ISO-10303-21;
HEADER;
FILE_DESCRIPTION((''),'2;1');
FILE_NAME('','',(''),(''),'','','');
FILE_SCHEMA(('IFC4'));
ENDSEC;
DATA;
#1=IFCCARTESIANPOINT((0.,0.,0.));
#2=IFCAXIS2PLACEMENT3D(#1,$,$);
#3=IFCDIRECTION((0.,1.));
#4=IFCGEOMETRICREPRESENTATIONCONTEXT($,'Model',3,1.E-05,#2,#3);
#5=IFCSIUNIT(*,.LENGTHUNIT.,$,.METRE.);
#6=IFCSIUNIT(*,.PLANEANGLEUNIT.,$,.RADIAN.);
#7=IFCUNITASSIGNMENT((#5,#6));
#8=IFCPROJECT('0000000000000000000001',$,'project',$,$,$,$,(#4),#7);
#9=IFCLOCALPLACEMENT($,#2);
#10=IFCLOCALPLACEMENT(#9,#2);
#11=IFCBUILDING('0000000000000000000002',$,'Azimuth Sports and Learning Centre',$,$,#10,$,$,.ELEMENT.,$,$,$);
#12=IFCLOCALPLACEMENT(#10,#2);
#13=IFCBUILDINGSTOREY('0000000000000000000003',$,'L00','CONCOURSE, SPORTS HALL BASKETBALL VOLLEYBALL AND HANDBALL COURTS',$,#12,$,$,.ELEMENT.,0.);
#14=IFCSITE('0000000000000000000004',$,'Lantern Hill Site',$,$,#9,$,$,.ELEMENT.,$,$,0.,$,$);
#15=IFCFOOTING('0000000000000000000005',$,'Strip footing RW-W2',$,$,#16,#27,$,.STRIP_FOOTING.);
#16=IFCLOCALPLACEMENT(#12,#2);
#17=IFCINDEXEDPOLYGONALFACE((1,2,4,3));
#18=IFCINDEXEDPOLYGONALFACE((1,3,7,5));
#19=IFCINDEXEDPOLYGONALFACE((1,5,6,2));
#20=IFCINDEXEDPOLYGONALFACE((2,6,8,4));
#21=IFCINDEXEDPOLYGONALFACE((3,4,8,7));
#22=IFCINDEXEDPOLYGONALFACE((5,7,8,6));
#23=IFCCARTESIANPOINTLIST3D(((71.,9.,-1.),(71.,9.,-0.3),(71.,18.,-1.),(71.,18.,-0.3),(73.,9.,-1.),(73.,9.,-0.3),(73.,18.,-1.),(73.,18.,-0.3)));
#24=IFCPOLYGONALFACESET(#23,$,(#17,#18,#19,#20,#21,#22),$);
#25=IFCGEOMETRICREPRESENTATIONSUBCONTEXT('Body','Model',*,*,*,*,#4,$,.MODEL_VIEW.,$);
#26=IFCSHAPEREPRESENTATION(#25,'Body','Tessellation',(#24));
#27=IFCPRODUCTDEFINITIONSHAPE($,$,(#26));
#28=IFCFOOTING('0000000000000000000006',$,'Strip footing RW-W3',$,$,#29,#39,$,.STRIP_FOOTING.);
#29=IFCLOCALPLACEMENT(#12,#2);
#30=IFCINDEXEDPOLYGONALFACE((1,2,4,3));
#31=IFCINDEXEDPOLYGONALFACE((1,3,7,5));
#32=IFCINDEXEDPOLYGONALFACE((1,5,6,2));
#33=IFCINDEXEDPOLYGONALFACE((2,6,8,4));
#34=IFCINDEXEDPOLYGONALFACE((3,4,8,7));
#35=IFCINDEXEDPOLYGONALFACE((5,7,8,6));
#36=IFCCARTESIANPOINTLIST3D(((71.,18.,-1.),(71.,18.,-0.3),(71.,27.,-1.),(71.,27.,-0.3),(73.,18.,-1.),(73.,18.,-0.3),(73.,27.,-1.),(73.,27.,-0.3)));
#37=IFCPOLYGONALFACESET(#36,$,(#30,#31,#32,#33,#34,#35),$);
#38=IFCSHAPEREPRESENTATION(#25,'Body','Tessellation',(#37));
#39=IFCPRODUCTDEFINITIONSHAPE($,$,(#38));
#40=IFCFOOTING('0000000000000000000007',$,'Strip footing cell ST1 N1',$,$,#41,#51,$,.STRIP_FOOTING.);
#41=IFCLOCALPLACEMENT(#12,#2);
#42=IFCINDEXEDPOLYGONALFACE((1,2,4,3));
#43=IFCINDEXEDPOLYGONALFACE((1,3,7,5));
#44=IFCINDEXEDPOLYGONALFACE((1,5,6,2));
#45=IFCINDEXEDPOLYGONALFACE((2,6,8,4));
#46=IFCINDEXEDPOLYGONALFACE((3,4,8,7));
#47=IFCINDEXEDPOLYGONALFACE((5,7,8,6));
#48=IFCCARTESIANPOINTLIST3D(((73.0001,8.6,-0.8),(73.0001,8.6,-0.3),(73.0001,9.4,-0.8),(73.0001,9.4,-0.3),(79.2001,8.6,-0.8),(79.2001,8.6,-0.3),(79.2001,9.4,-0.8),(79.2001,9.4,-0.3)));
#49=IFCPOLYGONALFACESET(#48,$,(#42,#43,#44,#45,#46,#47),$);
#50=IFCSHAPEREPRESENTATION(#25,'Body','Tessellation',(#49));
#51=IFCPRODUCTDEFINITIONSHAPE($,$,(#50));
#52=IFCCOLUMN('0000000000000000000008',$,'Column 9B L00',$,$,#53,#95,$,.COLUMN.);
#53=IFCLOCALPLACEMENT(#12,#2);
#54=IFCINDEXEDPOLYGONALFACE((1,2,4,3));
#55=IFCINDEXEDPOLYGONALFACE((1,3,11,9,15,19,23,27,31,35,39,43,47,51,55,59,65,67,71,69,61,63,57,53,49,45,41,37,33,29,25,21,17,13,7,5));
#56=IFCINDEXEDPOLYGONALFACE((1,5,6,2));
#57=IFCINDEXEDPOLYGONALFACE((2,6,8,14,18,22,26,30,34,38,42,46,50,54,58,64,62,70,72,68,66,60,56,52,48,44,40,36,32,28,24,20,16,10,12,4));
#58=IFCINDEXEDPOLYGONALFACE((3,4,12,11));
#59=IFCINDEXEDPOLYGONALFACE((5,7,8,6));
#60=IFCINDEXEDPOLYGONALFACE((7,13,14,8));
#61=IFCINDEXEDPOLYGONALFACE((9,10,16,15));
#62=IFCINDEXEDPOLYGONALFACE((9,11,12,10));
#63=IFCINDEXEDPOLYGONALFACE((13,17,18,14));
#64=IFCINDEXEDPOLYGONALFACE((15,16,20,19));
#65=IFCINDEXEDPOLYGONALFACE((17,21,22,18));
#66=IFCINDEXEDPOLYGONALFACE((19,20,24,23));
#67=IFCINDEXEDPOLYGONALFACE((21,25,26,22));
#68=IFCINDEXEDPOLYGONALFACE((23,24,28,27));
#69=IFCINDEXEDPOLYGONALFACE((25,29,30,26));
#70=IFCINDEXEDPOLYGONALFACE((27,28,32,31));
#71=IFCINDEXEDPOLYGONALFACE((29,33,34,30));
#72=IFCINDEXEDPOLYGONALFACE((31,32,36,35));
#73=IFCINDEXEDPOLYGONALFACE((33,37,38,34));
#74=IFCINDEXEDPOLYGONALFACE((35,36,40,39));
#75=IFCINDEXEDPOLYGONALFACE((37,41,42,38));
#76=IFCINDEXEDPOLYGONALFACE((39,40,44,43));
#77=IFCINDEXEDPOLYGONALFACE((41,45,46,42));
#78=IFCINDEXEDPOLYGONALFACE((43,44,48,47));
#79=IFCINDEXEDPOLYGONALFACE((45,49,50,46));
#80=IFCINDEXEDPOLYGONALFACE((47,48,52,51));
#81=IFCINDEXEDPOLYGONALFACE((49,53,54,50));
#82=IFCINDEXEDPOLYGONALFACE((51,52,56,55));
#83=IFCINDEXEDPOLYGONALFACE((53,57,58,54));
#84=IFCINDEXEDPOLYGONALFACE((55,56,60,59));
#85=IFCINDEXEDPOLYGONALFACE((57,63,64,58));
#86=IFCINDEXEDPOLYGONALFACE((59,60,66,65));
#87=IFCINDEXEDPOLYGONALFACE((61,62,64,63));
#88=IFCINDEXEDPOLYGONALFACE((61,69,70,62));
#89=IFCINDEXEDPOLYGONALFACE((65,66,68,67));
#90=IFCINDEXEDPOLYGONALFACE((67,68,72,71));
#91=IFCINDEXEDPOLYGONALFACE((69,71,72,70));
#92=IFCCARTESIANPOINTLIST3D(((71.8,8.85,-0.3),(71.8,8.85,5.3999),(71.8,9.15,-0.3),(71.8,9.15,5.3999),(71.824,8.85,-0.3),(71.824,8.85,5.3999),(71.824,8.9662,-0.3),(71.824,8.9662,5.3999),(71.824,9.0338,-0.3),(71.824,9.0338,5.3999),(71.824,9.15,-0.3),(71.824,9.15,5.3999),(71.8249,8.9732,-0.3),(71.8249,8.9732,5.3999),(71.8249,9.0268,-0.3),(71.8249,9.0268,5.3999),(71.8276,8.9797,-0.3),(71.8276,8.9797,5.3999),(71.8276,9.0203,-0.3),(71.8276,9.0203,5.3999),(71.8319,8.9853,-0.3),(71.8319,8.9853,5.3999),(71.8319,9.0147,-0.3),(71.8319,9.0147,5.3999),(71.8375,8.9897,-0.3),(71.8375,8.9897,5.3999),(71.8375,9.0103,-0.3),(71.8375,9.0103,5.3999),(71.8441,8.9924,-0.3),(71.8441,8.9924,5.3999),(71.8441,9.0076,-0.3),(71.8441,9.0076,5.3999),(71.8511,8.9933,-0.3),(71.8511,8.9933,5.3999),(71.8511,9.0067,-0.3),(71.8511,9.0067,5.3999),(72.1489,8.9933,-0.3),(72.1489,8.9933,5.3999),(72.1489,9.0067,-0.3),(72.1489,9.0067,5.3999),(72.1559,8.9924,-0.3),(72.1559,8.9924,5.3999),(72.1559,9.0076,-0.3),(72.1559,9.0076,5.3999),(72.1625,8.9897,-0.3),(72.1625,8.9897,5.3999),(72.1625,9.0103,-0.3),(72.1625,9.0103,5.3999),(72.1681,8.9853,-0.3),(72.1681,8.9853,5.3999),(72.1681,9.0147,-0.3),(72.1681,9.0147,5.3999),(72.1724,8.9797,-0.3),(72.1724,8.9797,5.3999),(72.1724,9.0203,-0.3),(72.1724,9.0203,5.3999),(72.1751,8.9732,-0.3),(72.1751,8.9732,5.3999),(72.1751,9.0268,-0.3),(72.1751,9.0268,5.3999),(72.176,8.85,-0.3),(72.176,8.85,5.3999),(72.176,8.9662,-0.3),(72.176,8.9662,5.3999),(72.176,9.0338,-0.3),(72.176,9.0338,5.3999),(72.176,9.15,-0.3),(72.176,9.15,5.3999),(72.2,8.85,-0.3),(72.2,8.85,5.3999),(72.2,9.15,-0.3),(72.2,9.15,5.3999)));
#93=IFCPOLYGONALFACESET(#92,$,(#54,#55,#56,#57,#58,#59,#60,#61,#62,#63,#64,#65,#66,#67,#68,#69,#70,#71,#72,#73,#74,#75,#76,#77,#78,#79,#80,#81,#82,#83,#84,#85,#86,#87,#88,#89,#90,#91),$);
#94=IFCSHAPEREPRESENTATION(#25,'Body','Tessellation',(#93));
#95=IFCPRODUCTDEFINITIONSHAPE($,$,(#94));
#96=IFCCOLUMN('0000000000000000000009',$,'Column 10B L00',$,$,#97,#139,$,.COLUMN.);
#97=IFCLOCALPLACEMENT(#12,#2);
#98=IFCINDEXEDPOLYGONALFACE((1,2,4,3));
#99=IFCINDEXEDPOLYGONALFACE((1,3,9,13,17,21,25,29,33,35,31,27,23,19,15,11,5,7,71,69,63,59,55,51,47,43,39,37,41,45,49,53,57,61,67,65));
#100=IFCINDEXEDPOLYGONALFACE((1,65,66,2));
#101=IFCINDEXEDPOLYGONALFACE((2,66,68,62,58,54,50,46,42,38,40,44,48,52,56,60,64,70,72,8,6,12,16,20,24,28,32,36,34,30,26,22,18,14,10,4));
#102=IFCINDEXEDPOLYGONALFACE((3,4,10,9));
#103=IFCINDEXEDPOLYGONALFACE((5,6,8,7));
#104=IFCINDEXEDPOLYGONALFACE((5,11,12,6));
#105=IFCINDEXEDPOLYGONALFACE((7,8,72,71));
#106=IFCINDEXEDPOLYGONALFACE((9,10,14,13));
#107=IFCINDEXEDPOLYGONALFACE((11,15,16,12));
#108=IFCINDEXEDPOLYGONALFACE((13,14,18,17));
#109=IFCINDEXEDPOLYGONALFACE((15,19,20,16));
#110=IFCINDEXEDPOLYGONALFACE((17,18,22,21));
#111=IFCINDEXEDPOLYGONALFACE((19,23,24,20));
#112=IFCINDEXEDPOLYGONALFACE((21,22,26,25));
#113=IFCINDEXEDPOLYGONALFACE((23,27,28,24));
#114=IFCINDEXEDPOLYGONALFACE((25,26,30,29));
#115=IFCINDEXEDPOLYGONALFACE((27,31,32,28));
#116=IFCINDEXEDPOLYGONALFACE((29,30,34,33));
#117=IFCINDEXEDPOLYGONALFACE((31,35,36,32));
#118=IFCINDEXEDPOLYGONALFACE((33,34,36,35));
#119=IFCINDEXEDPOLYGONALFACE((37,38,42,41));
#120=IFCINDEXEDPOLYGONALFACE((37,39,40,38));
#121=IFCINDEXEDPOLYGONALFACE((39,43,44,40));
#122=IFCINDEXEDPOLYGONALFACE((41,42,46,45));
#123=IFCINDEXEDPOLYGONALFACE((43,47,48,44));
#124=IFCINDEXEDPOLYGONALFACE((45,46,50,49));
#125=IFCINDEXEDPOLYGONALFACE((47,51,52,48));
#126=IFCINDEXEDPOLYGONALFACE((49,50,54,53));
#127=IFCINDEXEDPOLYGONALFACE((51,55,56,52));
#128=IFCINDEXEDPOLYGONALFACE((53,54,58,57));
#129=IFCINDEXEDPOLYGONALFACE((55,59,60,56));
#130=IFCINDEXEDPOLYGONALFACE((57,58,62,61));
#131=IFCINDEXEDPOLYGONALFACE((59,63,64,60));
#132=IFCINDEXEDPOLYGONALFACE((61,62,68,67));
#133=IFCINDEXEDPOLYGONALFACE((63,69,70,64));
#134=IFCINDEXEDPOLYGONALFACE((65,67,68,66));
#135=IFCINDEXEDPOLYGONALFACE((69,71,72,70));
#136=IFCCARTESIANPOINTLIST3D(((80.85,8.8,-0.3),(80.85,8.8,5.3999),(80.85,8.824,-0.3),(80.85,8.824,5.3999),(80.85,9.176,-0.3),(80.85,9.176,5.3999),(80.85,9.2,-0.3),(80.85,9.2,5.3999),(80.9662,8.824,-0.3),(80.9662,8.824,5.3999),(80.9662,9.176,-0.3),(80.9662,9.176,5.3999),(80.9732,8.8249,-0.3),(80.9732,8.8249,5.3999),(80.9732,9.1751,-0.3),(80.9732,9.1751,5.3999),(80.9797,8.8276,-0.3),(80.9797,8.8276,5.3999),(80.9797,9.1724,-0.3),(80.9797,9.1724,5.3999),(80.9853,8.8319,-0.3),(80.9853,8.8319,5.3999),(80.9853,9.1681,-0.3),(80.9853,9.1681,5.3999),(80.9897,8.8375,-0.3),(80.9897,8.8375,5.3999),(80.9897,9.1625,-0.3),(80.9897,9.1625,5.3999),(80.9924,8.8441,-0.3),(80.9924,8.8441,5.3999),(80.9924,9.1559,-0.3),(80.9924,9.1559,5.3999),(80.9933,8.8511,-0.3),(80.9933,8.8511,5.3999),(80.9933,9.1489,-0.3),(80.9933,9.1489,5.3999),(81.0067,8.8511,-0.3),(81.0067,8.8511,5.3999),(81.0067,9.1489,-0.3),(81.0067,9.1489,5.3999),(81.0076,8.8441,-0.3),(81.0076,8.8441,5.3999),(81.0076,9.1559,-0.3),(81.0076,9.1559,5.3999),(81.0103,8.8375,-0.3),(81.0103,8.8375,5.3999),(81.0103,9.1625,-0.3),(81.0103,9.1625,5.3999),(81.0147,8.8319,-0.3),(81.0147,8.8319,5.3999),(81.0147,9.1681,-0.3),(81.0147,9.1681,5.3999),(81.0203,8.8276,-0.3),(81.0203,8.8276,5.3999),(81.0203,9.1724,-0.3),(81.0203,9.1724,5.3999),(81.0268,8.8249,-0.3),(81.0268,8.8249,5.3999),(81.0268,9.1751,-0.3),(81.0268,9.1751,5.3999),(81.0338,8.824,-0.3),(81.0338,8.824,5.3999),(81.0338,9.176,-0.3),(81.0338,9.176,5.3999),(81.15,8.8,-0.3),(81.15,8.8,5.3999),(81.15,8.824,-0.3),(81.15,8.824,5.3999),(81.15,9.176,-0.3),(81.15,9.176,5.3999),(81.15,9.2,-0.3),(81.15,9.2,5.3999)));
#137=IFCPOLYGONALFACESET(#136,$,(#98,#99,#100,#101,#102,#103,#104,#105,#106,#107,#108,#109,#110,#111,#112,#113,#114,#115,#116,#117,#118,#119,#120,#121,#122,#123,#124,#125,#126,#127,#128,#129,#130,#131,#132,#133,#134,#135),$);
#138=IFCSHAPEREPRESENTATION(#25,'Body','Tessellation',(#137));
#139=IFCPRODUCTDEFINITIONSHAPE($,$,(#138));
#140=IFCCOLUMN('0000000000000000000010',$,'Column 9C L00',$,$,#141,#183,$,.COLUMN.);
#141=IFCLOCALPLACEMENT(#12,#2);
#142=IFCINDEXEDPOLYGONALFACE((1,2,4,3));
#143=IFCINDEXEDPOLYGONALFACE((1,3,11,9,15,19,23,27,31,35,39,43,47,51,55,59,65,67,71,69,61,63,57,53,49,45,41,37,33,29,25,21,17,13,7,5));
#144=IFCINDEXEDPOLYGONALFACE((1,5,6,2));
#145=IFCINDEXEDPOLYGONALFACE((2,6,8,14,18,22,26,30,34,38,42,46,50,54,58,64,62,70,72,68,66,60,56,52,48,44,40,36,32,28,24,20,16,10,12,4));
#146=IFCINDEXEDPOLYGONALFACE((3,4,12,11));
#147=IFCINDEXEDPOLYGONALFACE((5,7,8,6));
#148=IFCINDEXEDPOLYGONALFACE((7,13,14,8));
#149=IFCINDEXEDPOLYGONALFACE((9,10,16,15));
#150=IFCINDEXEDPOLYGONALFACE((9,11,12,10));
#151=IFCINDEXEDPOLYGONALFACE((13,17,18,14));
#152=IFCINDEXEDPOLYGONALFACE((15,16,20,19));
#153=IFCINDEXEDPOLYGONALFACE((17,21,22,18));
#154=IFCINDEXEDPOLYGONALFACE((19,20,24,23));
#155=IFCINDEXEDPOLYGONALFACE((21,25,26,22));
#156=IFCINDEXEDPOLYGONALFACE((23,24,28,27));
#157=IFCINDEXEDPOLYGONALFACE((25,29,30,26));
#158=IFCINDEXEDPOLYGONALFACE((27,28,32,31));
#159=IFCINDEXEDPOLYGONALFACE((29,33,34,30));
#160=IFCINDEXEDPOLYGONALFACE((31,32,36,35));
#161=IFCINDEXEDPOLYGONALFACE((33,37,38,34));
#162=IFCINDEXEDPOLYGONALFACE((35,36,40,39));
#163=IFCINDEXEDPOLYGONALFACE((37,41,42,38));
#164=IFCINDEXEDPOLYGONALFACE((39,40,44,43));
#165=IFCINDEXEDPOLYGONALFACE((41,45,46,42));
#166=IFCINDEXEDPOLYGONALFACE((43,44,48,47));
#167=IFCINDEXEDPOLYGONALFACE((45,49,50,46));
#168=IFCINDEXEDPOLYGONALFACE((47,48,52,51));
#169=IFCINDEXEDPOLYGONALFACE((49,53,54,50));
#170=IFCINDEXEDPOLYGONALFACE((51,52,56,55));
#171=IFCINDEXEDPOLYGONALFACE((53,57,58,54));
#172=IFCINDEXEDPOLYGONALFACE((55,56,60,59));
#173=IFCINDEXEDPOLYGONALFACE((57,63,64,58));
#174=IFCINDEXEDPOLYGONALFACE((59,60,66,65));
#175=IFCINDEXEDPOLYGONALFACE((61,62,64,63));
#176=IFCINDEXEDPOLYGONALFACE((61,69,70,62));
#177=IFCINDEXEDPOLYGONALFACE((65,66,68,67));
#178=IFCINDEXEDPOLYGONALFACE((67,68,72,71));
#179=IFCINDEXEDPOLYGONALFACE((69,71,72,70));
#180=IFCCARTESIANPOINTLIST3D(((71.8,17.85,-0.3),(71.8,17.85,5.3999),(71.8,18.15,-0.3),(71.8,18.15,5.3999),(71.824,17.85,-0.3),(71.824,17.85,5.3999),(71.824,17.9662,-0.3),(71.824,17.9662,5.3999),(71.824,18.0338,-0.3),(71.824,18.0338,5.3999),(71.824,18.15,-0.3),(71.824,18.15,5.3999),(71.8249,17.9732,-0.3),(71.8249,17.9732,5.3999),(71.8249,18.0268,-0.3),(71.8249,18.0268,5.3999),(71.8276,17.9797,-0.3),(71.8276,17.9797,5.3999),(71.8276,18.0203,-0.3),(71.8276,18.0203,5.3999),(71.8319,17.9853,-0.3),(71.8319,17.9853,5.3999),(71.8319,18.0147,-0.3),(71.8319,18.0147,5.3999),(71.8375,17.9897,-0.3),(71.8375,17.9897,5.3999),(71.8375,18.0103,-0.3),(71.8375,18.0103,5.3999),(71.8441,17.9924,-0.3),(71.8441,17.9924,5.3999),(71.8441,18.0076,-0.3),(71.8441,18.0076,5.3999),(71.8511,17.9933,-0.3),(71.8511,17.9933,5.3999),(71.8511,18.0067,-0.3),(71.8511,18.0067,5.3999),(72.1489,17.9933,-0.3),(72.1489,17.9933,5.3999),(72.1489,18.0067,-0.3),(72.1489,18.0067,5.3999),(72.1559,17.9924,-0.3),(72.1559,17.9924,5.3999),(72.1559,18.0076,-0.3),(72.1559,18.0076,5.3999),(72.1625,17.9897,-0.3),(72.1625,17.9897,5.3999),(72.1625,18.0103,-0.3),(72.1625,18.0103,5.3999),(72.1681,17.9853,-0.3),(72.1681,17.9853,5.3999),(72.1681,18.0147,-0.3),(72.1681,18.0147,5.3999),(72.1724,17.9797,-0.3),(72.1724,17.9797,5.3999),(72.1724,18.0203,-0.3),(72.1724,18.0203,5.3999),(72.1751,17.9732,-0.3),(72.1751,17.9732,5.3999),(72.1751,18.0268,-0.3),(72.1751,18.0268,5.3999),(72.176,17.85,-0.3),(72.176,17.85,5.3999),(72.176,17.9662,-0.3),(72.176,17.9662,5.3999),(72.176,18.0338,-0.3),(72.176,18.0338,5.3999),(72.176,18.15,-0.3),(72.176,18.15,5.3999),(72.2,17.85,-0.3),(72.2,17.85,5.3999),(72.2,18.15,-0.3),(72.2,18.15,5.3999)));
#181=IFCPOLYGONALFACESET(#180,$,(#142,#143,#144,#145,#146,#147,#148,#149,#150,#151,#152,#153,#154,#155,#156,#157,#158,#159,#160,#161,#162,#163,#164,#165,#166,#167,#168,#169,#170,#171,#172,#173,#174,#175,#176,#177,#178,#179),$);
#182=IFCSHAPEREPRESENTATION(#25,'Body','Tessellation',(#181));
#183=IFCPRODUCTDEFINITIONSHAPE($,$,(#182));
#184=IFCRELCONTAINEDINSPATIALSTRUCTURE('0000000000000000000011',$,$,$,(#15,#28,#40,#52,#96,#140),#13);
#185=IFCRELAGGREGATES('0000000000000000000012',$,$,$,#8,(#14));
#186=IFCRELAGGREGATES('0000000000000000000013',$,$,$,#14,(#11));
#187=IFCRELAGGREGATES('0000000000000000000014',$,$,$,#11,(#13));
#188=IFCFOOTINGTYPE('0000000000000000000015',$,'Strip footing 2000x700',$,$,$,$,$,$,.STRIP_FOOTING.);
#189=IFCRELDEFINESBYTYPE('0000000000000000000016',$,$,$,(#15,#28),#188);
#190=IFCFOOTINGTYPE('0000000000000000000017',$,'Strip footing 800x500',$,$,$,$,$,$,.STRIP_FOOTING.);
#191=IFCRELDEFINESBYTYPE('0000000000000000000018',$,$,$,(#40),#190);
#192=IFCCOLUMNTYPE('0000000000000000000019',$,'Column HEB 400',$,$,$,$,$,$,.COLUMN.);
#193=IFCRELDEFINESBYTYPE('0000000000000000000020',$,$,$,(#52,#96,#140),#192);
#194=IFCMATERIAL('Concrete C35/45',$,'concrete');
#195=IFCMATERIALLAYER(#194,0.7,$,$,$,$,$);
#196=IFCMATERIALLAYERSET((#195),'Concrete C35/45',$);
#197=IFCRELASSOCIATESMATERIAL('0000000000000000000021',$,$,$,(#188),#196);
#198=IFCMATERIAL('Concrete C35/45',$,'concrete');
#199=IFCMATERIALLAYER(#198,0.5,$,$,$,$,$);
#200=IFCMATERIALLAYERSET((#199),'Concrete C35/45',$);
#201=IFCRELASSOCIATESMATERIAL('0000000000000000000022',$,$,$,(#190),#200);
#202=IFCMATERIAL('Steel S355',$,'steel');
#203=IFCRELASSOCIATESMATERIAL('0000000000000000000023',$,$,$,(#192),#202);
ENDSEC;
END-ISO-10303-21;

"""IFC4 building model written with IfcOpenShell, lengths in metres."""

from ifc_helpers import new_model, si_unit, direction, frame, origin, origin_2d, place, context, subcontext, project, spatial, rectangle, i_section, extrude, material, layer, layer_set, material_profile, profile_set, type_object, element, save


model = new_model("IFC4")

# Units and contexts
model_context = context("Model", 3, precision=1e-05, world=origin(), true_north=direction((0.0, 1.0)))
body_context = subcontext(model_context, "Body", "Model", "MODEL_VIEW")
ifc_project = project(units=[si_unit("LENGTHUNIT", "METRE"), si_unit("PLANEANGLEUNIT", "RADIAN")], contexts=[model_context])

# Site, building, storey
site_placement = place(None, origin())
site = spatial("IfcSite", under=ifc_project, at=site_placement, Name="Lantern Hill Site", CompositionType="ELEMENT", RefElevation=0.0)
building_placement = place(site_placement, origin())
building = spatial("IfcBuilding", under=site, at=building_placement, Name="Azimuth Sports and Learning Centre", CompositionType="ELEMENT")
storey_placement = place(building_placement, origin())
storey = spatial("IfcBuildingStorey", under=building, at=storey_placement, Name="L00", Description="CONCOURSE, SPORTS HALL BASKETBALL VOLLEYBALL AND HANDBALL COURTS", CompositionType="ELEMENT", Elevation=0.0)

# Footings
ifc_material_1 = material(Name="Concrete C35/45", Category="concrete")
ifc_layer_1 = layer(ifc_material_1, 0.7)
ifc_layer_set_1 = layer_set([ifc_layer_1], Name="Concrete C35/45")
footing_type_1 = type_object("IfcFootingType", Name="Strip footing 2000x700", PredefinedType="STRIP_FOOTING", material=ifc_layer_set_1)
for number, where, z_axis, x_axis, name in (
    (1, (72.0, 13.5, -1.0), (0.0, 0.0, 1.0), (1.0, 0.0, 0.0), "Strip footing RW-W2"),
    (2, (72.0, 22.5, -1.0), (0.0, 0.0, 1.0), (1.0, 0.0, 0.0), "Strip footing RW-W3"),
):
    element("IfcFooting", number, at=place(storey_placement, frame(where, z_axis=z_axis, x_axis=x_axis)), inside=storey, type_object=footing_type_1, Name=name, PredefinedType="STRIP_FOOTING", context=body_context, shape_type="SweptSolid", body=[
        extrude(rectangle(XDim=2.0, YDim=9.0, at=origin_2d()), origin(), (0.0, 0.0, 1.0), 0.7),
    ])
ifc_material_2 = material(Name="Concrete C35/45", Category="concrete")
ifc_layer_2 = layer(ifc_material_2, 0.5)
ifc_layer_set_2 = layer_set([ifc_layer_2], Name="Concrete C35/45")
footing_type_2 = type_object("IfcFootingType", Name="Strip footing 800x500", PredefinedType="STRIP_FOOTING", material=ifc_layer_set_2)
footing_placement = place(storey_placement, frame((76.1001, 9.0, -0.8), z_axis=(0.0, 0.0, 1.0), x_axis=(1.0, 0.0, 0.0)))
element("IfcFooting", 3, at=footing_placement, inside=storey, type_object=footing_type_2, Name="Strip footing cell ST1 N1", PredefinedType="STRIP_FOOTING", context=body_context, shape_type="SweptSolid", body=[
    extrude(rectangle(XDim=6.2, YDim=0.8, at=origin_2d()), origin(), (0.0, 0.0, 1.0), 0.5),
])

# Columns
ifc_material_3 = material(Name="Steel S355", Category="steel")
ifc_material_profile_1 = material_profile(ifc_material_3, i_section(OverallWidth=0.3, OverallDepth=0.3999, WebThickness=0.0134, FlangeThickness=0.0239, FilletRadius=0.0271, at=origin_2d()), Name="HEB 400")
ifc_profile_set_1 = profile_set([ifc_material_profile_1], Name="Steel S355")
column_type = type_object("IfcColumnType", Name="Column HEB 400", PredefinedType="COLUMN", material=ifc_profile_set_1)
for number, where, z_axis, x_axis, name in (
    (4, (72.0, 9.0, -0.3), (0.0, 0.0, 1.0), (0.0, 1.0, 0.0), "Column 9B L00"),
    (5, (81.0, 9.0, -0.3), (0.0, 0.0, 1.0), (1.0, 0.0, 0.0), "Column 10B L00"),
    (6, (72.0, 18.0, -0.3), (0.0, 0.0, 1.0), (0.0, 1.0, 0.0), "Column 9C L00"),
):
    element("IfcColumn", number, at=place(storey_placement, frame(where, z_axis=z_axis, x_axis=x_axis)), inside=storey, type_object=column_type, Name=name, PredefinedType="COLUMN", context=body_context, shape_type="SweptSolid", body=[
        extrude(i_section(OverallWidth=0.3, OverallDepth=0.3999, WebThickness=0.0134, FlangeThickness=0.0239, FilletRadius=0.0271, at=origin_2d()), origin(), (0.0, 0.0, 1.0), 5.7),
    ])

save(model, "model.ifc")
